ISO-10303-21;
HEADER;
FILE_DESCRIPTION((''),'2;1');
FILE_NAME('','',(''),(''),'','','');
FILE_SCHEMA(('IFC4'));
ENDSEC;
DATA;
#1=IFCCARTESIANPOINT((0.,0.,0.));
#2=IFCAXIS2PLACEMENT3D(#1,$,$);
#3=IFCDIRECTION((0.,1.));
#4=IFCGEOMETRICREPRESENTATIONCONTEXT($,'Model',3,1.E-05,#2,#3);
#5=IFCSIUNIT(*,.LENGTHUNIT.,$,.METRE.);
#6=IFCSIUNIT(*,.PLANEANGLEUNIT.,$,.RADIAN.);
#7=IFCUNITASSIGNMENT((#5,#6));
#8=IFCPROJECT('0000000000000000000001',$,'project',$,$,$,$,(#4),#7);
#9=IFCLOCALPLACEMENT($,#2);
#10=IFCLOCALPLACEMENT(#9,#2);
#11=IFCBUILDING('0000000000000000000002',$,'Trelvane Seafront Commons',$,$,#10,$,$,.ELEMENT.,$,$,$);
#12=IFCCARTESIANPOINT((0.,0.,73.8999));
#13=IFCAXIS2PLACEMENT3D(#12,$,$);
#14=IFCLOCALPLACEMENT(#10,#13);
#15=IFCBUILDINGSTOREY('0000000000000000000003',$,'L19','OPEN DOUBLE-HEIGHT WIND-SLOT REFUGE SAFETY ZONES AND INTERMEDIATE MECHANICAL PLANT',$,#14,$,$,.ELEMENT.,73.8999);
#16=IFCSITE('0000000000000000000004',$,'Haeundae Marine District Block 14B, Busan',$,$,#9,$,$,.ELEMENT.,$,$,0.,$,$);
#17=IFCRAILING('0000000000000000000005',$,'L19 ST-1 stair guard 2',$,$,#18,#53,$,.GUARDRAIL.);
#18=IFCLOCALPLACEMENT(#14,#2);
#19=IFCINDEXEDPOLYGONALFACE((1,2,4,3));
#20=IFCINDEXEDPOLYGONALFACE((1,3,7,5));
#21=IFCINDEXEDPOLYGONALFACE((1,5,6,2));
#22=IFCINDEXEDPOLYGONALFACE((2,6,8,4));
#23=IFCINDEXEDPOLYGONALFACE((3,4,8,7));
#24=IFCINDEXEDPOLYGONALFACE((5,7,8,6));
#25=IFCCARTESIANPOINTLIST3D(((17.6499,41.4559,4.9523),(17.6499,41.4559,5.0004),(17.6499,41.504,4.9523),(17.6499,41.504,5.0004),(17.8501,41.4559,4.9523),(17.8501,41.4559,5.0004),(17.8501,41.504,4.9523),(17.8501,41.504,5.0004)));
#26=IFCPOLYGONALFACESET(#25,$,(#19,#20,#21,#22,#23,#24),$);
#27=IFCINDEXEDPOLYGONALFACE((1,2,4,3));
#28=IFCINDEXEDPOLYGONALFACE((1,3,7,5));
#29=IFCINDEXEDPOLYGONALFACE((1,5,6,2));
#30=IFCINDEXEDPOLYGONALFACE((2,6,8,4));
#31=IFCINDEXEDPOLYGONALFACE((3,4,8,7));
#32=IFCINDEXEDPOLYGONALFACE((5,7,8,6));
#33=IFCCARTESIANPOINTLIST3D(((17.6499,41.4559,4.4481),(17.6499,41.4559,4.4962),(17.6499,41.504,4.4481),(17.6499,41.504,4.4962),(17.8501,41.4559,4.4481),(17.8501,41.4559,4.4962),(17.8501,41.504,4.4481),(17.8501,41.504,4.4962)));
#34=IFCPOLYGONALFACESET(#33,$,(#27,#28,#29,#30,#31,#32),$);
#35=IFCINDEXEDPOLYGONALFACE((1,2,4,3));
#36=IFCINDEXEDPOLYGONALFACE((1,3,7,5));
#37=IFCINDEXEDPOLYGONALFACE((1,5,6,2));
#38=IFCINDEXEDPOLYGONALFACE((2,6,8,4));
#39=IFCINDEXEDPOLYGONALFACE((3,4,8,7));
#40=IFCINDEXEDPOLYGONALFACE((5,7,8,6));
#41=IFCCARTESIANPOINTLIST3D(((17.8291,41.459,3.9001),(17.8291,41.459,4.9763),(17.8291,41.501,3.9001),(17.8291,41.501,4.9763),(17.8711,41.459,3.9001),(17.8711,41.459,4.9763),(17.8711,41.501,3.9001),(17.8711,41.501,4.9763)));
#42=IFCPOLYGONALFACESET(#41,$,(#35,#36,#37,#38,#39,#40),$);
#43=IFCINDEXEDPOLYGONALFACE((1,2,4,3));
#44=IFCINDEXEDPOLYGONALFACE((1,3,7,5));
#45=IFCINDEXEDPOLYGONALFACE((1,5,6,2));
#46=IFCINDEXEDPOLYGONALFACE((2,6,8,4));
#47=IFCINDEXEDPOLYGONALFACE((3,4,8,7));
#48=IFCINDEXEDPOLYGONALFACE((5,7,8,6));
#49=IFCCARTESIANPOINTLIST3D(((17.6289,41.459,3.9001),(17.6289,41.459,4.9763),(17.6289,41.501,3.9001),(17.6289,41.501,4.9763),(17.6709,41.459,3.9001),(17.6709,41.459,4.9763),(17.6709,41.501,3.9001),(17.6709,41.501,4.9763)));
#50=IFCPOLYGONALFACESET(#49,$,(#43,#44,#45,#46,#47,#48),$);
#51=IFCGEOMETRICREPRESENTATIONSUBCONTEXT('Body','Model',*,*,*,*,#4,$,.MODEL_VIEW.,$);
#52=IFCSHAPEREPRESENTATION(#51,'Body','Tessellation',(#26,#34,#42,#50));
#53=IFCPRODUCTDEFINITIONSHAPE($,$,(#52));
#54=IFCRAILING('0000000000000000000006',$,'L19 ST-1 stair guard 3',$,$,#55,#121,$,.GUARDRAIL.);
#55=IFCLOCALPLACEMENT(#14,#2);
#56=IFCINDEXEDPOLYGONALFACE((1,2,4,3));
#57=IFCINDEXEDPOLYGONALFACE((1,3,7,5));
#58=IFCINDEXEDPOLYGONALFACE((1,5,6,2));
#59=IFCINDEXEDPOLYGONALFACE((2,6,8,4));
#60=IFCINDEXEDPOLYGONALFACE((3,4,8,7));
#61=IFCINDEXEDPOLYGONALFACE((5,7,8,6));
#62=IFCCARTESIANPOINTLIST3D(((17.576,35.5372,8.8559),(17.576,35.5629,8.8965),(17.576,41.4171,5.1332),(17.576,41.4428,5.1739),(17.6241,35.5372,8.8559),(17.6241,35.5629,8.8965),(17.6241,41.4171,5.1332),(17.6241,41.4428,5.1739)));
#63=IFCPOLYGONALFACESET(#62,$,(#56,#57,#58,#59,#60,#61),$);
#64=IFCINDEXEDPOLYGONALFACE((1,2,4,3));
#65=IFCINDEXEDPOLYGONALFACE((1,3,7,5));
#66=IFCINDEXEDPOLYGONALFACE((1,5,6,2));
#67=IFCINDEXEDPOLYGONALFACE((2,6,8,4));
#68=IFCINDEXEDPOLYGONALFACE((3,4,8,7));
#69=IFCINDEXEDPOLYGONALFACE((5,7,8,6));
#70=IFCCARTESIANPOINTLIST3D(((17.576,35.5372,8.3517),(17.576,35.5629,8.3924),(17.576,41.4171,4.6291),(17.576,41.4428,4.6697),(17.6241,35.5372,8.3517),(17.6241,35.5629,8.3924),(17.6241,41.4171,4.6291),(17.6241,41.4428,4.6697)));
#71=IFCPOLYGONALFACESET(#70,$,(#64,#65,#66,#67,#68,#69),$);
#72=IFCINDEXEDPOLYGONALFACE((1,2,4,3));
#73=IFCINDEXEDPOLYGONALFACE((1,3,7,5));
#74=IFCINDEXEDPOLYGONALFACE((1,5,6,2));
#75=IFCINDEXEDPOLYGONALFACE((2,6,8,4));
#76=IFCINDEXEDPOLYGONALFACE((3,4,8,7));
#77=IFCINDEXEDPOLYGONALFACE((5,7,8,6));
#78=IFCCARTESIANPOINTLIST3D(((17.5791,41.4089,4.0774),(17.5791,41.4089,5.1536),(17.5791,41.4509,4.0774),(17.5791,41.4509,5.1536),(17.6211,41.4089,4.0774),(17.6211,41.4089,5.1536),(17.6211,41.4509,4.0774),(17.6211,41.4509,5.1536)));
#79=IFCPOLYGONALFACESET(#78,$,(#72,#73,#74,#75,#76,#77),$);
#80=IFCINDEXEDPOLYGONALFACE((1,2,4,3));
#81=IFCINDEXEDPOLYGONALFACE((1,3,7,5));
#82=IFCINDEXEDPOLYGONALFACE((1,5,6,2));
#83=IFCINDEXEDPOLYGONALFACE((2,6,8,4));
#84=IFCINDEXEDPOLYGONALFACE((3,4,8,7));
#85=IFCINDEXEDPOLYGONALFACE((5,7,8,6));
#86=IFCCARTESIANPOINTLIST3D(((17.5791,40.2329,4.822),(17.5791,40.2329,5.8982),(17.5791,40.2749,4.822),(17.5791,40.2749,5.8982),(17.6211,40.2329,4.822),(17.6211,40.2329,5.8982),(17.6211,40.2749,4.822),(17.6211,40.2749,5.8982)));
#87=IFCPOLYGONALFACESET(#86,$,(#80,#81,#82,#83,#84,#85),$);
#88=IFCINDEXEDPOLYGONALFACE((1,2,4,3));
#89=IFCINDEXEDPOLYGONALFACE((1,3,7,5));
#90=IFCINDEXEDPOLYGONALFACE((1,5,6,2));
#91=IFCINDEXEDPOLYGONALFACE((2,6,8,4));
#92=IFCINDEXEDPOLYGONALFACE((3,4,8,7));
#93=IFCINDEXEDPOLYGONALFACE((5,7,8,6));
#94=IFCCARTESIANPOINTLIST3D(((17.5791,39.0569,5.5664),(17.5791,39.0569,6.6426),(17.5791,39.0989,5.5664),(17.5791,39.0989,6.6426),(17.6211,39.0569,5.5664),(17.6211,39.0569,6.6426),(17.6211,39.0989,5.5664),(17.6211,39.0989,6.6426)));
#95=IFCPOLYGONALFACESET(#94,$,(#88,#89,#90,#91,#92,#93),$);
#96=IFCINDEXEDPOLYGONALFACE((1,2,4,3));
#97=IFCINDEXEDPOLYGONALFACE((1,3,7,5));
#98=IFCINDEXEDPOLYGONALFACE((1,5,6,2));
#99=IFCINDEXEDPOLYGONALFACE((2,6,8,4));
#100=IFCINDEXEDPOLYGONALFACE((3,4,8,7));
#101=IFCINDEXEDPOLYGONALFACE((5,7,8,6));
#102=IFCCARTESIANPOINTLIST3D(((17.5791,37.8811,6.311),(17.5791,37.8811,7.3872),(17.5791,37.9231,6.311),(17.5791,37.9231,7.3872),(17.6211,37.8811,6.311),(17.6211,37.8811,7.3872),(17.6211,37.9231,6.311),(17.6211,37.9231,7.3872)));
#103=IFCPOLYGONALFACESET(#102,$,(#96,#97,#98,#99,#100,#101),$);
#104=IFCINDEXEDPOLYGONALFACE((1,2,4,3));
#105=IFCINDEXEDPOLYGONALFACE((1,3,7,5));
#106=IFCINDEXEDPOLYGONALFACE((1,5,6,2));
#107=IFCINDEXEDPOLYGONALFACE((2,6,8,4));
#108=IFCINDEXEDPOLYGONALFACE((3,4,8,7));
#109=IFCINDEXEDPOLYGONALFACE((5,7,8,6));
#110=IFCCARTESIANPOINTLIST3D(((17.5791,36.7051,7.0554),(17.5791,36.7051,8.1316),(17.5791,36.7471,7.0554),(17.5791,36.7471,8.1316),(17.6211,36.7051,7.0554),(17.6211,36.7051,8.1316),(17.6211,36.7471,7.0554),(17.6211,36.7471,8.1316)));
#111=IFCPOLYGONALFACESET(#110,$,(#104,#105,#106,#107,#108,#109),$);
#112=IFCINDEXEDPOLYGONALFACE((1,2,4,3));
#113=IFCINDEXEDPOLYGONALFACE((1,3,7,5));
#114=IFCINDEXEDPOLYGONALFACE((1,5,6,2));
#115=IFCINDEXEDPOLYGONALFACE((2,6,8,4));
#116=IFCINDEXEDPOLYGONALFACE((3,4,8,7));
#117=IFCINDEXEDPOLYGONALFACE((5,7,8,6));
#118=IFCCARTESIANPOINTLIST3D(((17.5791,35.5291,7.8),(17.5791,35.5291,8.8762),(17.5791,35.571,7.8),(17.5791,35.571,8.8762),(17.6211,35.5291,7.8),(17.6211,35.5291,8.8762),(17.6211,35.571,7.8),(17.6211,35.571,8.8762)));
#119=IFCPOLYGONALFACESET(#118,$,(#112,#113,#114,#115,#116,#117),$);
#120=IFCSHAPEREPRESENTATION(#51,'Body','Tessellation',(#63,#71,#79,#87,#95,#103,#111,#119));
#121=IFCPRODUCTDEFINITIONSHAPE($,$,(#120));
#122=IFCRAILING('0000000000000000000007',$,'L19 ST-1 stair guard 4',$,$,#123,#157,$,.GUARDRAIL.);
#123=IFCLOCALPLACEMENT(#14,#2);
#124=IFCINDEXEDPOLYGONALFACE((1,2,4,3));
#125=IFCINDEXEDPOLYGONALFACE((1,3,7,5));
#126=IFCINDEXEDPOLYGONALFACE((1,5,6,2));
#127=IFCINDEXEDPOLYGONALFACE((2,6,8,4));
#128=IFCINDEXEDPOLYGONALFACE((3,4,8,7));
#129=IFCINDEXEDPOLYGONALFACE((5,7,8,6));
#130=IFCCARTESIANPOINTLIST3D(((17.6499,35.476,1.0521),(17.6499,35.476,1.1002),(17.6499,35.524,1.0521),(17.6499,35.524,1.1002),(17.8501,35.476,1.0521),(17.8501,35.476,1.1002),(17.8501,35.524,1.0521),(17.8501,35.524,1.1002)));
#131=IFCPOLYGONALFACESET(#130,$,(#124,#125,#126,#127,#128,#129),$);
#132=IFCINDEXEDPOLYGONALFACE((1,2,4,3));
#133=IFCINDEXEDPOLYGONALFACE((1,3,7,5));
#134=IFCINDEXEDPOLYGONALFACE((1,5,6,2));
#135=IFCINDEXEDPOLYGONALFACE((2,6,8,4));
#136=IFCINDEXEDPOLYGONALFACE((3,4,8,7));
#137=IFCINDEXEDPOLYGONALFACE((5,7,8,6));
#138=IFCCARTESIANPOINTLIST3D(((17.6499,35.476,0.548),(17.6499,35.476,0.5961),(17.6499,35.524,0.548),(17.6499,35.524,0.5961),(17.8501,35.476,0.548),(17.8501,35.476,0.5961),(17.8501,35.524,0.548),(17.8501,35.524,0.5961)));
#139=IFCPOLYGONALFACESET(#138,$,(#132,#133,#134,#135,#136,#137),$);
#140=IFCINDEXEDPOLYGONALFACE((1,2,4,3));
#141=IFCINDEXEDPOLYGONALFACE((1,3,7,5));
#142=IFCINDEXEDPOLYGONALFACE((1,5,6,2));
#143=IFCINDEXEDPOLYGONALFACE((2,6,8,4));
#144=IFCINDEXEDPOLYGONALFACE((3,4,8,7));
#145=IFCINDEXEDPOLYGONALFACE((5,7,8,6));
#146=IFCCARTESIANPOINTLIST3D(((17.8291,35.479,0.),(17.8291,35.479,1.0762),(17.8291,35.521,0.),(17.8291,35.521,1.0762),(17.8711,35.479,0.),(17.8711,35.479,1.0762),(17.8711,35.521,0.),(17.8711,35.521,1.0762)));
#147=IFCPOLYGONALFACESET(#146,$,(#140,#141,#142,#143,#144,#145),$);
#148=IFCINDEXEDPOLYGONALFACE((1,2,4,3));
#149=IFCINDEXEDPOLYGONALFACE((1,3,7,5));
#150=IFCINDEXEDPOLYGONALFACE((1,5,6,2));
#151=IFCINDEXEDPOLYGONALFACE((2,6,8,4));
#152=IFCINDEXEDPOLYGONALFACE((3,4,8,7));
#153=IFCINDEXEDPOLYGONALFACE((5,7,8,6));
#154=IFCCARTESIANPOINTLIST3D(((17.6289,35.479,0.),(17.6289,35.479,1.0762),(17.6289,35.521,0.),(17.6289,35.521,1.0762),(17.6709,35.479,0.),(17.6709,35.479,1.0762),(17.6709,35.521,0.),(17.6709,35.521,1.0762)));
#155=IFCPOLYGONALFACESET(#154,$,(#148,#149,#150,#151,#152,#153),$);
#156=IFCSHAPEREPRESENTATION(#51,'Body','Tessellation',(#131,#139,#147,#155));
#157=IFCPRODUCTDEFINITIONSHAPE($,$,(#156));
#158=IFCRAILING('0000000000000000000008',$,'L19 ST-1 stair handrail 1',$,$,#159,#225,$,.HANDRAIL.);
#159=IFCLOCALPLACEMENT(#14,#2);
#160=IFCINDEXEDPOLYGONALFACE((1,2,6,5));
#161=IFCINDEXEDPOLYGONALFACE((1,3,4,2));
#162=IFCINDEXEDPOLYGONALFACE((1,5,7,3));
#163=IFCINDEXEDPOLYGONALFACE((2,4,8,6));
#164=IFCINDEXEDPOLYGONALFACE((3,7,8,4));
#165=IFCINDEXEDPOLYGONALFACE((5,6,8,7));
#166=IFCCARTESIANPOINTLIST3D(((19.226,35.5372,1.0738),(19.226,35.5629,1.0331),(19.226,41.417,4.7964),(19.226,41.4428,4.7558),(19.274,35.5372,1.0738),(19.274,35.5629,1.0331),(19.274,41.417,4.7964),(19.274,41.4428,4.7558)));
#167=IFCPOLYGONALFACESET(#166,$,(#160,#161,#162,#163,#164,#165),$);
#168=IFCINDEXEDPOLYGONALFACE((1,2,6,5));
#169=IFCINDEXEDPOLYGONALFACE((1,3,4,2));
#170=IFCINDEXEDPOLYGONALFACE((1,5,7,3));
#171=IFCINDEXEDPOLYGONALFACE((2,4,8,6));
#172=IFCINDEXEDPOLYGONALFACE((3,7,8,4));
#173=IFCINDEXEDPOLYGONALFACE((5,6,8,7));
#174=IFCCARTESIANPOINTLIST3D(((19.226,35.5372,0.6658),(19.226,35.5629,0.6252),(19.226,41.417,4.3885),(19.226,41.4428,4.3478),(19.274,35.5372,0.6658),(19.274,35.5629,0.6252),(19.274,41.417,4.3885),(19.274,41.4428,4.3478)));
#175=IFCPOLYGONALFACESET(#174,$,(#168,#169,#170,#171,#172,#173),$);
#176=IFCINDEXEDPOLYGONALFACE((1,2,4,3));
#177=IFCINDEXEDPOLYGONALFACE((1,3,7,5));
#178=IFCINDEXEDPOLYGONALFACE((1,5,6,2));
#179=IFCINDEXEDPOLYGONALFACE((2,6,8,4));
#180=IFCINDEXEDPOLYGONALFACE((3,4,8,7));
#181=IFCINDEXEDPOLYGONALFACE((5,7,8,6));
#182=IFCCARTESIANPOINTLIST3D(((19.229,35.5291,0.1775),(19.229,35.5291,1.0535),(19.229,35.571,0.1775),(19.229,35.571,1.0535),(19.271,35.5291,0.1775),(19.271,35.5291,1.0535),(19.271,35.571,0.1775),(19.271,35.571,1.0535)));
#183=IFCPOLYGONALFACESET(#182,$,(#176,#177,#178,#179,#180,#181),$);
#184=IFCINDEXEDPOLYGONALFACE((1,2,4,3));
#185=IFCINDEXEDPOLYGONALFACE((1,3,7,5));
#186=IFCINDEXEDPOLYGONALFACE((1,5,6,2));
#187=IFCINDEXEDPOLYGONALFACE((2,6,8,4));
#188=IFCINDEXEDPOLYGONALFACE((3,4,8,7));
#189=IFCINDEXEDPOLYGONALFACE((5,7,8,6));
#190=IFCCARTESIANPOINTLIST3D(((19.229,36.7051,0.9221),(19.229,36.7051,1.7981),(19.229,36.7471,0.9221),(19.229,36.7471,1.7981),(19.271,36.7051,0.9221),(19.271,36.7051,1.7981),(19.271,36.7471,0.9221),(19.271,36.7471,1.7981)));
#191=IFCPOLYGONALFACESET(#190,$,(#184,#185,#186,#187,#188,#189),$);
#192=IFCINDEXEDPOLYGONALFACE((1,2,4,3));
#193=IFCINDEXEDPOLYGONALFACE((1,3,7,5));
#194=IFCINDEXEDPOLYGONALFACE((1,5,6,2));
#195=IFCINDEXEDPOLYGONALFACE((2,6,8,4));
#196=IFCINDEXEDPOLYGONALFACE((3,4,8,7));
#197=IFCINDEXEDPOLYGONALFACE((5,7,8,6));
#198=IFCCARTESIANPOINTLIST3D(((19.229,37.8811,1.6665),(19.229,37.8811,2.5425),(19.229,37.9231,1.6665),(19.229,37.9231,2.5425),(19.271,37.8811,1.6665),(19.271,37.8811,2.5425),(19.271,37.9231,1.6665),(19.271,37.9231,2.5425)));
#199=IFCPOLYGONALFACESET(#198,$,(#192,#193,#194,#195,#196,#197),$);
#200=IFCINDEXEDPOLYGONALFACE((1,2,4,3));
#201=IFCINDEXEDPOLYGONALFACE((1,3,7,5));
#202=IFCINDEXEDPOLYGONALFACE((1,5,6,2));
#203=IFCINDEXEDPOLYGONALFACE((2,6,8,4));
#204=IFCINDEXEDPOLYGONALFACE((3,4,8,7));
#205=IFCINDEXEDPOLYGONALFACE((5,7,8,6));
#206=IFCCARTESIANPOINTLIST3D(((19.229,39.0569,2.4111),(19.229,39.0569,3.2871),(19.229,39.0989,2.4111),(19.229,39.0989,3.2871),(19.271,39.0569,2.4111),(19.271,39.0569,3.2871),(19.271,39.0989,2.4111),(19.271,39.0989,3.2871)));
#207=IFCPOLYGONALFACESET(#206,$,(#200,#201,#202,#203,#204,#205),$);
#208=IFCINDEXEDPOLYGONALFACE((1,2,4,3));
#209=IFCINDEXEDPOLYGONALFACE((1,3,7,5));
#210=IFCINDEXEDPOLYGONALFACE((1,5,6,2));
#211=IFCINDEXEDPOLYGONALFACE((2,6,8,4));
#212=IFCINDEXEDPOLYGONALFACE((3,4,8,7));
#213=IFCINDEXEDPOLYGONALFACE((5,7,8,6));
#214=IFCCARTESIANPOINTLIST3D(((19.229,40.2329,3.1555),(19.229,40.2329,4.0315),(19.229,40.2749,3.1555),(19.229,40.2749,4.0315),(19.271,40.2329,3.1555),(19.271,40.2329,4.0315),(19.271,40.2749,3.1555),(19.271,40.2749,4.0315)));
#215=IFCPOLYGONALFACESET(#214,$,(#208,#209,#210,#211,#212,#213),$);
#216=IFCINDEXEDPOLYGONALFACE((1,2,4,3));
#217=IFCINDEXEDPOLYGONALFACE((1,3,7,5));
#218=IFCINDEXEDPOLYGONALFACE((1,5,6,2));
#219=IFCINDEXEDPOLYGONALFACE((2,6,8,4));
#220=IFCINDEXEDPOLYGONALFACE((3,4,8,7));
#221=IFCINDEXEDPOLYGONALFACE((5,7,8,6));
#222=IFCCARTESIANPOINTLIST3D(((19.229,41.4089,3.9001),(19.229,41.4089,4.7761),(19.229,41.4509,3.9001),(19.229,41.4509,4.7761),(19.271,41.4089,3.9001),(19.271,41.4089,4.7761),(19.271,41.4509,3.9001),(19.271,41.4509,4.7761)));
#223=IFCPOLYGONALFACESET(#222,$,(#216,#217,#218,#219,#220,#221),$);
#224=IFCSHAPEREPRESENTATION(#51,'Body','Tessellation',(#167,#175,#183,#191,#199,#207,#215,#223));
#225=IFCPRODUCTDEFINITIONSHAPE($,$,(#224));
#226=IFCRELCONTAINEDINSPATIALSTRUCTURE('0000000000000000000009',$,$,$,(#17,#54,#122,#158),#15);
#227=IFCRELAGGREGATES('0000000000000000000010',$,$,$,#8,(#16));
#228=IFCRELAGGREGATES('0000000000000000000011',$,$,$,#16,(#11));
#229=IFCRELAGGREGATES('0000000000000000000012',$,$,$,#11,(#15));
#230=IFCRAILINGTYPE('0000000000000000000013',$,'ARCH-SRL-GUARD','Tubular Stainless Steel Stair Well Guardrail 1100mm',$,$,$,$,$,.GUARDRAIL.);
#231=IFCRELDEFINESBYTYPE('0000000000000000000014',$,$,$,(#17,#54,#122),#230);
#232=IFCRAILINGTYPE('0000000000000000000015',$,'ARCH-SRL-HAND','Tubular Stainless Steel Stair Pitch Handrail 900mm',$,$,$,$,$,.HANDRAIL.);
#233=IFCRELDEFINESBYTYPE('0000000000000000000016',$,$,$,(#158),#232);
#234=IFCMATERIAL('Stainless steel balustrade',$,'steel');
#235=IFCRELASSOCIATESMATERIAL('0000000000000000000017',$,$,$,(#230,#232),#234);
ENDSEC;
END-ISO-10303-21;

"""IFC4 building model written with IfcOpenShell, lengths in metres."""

from ifc_helpers import new_model, si_unit, direction, frame, origin, origin_2d, place, context, subcontext, project, spatial, rectangle, extrude, material, type_object, element, save


model = new_model("IFC4")

# Units and contexts
model_context = context("Model", 3, precision=1e-05, world=origin(), true_north=direction((0.0, 1.0)))
body_context = subcontext(model_context, "Body", "Model", "MODEL_VIEW")
ifc_project = project(units=[si_unit("LENGTHUNIT", "METRE"), si_unit("PLANEANGLEUNIT", "RADIAN")], contexts=[model_context])

# Site, building, storey
site_placement = place(None, origin())
site = spatial("IfcSite", under=ifc_project, at=site_placement, Name="Haeundae Marine District Block 14B, Busan", CompositionType="ELEMENT", RefElevation=0.0)
building_placement = place(site_placement, origin())
building = spatial("IfcBuilding", under=site, at=building_placement, Name="Trelvane Seafront Commons", CompositionType="ELEMENT")
storey_placement = place(building_placement, frame((0.0, 0.0, 73.8999)))
storey = spatial("IfcBuildingStorey", under=building, at=storey_placement, Name="L19", Description="OPEN DOUBLE-HEIGHT WIND-SLOT REFUGE SAFETY ZONES AND INTERMEDIATE MECHANICAL PLANT", CompositionType="ELEMENT", Elevation=73.8999)

# Shared definitions
ifc_material_1 = material(Name="Stainless steel balustrade", Category="steel")

# Railings
railing_type_1 = type_object("IfcRailingType", Name="ARCH-SRL-GUARD", Description="Tubular Stainless Steel Stair Well Guardrail 1100mm", PredefinedType="GUARDRAIL", material=ifc_material_1)
railing_1_placement = place(storey_placement, frame((17.8501, 41.48, 3.9001)))
element("IfcRailing", 1, at=railing_1_placement, inside=storey, type_object=railing_type_1, Name="L19 ST-1 stair guard 2", PredefinedType="GUARDRAIL", context=body_context, shape_type="SweptSolid", body=[
    extrude(rectangle(XDim=0.0481, YDim=0.0481, at=origin_2d()), frame((0.0, 0.0, 1.0762), z_axis=(-1.0, 0.0, 0.0), x_axis=(0.0, -1.0, 0.0)), (0.0, 0.0, 1.0), 0.2002),
    extrude(rectangle(XDim=0.0481, YDim=0.0481, at=origin_2d()), frame((0.0, 0.0, 0.572), z_axis=(-1.0, 0.0, 0.0), x_axis=(0.0, -1.0, 0.0)), (0.0, 0.0, 1.0), 0.2002),
    extrude(rectangle(XDim=0.042, YDim=0.042, at=origin_2d()), origin(), (0.0, 0.0, 1.0), 1.0762),
    extrude(rectangle(XDim=0.042, YDim=0.042, at=origin_2d()), frame((-0.2002, 0.0, 0.0)), (0.0, 0.0, 1.0), 1.0762),
])
railing_2_placement = place(storey_placement, frame((17.6001, 41.4299, 4.0774)))
element("IfcRailing", 2, at=railing_2_placement, inside=storey, type_object=railing_type_1, Name="L19 ST-1 stair guard 3", PredefinedType="GUARDRAIL", context=body_context, shape_type="SweptSolid", body=[
    extrude(rectangle(XDim=0.0481, YDim=0.0481, at=origin_2d()), frame((0.0, 0.0, 1.0762), z_axis=(0.0, -0.844902, 0.534922), x_axis=(1.0, 0.0, 0.0)), (0.0, 0.0, 1.0), 6.9592),
    extrude(rectangle(XDim=0.0481, YDim=0.0481, at=origin_2d()), frame((0.0, 0.0, 0.572), z_axis=(0.0, -0.844902, 0.534922), x_axis=(1.0, 0.0, 0.0)), (0.0, 0.0, 1.0), 6.9592),
    extrude(rectangle(XDim=0.042, YDim=0.042, at=origin_2d()), origin(), (0.0, 0.0, 1.0), 1.0762),
    extrude(rectangle(XDim=0.042, YDim=0.042, at=origin_2d()), frame((0.0, -1.176, 0.7446)), (0.0, 0.0, 1.0), 1.0762),
    extrude(rectangle(XDim=0.042, YDim=0.042, at=origin_2d()), frame((0.0, -2.3521, 1.489)), (0.0, 0.0, 1.0), 1.0762),
    extrude(rectangle(XDim=0.042, YDim=0.042, at=origin_2d()), frame((0.0, -3.5278, 2.2336)), (0.0, 0.0, 1.0), 1.0762),
    extrude(rectangle(XDim=0.042, YDim=0.042, at=origin_2d()), frame((0.0, -4.7039, 2.978)), (0.0, 0.0, 1.0), 1.0762),
    extrude(rectangle(XDim=0.042, YDim=0.042, at=origin_2d()), frame((0.0, -5.8799, 3.7227)), (0.0, 0.0, 1.0), 1.0762),
])
railing_3_placement = place(storey_placement, frame((17.8501, 35.5, 0.0)))
element("IfcRailing", 3, at=railing_3_placement, inside=storey, type_object=railing_type_1, Name="L19 ST-1 stair guard 4", PredefinedType="GUARDRAIL", context=body_context, shape_type="SweptSolid", body=[
    extrude(rectangle(XDim=0.0481, YDim=0.0481, at=origin_2d()), frame((0.0, 0.0, 1.0762), z_axis=(-1.0, 0.0, 0.0), x_axis=(0.0, -1.0, 0.0)), (0.0, 0.0, 1.0), 0.2002),
    extrude(rectangle(XDim=0.0481, YDim=0.0481, at=origin_2d()), frame((0.0, 0.0, 0.572), z_axis=(-1.0, 0.0, 0.0), x_axis=(0.0, -1.0, 0.0)), (0.0, 0.0, 1.0), 0.2002),
    extrude(rectangle(XDim=0.042, YDim=0.042, at=origin_2d()), origin(), (0.0, 0.0, 1.0), 1.0762),
    extrude(rectangle(XDim=0.042, YDim=0.042, at=origin_2d()), frame((-0.2002, 0.0, 0.0)), (0.0, 0.0, 1.0), 1.0762),
])
railing_type_2 = type_object("IfcRailingType", Name="ARCH-SRL-HAND", Description="Tubular Stainless Steel Stair Pitch Handrail 900mm", PredefinedType="HANDRAIL", material=ifc_material_1)
railing_4_placement = place(storey_placement, frame((19.25, 35.55, 0.1775)))
element("IfcRailing", 4, at=railing_4_placement, inside=storey, type_object=railing_type_2, Name="L19 ST-1 stair handrail 1", PredefinedType="HANDRAIL", context=body_context, shape_type="SweptSolid", body=[
    extrude(rectangle(XDim=0.0481, YDim=0.0481, at=origin_2d()), frame((0.0, 0.0, 0.876), z_axis=(0.0, 0.844902, 0.534922), x_axis=(-1.0, 0.0, 0.0)), (0.0, 0.0, 1.0), 6.9592),
    extrude(rectangle(XDim=0.0481, YDim=0.0481, at=origin_2d()), frame((0.0, 0.0, 0.468), z_axis=(0.0, 0.844902, 0.534922), x_axis=(-1.0, 0.0, 0.0)), (0.0, 0.0, 1.0), 6.9592),
    extrude(rectangle(XDim=0.042, YDim=0.042, at=origin_2d()), origin(), (0.0, 0.0, 1.0), 0.876),
    extrude(rectangle(XDim=0.042, YDim=0.042, at=origin_2d()), frame((0.0, 1.176, 0.7446)), (0.0, 0.0, 1.0), 0.876),
    extrude(rectangle(XDim=0.042, YDim=0.042, at=origin_2d()), frame((0.0, 2.3521, 1.489)), (0.0, 0.0, 1.0), 0.876),
    extrude(rectangle(XDim=0.042, YDim=0.042, at=origin_2d()), frame((0.0, 3.5278, 2.2336)), (0.0, 0.0, 1.0), 0.876),
    extrude(rectangle(XDim=0.042, YDim=0.042, at=origin_2d()), frame((0.0, 4.7039, 2.978)), (0.0, 0.0, 1.0), 0.876),
    extrude(rectangle(XDim=0.042, YDim=0.042, at=origin_2d()), frame((0.0, 5.8799, 3.7227)), (0.0, 0.0, 1.0), 0.876),
])

save(model, "model.ifc")
